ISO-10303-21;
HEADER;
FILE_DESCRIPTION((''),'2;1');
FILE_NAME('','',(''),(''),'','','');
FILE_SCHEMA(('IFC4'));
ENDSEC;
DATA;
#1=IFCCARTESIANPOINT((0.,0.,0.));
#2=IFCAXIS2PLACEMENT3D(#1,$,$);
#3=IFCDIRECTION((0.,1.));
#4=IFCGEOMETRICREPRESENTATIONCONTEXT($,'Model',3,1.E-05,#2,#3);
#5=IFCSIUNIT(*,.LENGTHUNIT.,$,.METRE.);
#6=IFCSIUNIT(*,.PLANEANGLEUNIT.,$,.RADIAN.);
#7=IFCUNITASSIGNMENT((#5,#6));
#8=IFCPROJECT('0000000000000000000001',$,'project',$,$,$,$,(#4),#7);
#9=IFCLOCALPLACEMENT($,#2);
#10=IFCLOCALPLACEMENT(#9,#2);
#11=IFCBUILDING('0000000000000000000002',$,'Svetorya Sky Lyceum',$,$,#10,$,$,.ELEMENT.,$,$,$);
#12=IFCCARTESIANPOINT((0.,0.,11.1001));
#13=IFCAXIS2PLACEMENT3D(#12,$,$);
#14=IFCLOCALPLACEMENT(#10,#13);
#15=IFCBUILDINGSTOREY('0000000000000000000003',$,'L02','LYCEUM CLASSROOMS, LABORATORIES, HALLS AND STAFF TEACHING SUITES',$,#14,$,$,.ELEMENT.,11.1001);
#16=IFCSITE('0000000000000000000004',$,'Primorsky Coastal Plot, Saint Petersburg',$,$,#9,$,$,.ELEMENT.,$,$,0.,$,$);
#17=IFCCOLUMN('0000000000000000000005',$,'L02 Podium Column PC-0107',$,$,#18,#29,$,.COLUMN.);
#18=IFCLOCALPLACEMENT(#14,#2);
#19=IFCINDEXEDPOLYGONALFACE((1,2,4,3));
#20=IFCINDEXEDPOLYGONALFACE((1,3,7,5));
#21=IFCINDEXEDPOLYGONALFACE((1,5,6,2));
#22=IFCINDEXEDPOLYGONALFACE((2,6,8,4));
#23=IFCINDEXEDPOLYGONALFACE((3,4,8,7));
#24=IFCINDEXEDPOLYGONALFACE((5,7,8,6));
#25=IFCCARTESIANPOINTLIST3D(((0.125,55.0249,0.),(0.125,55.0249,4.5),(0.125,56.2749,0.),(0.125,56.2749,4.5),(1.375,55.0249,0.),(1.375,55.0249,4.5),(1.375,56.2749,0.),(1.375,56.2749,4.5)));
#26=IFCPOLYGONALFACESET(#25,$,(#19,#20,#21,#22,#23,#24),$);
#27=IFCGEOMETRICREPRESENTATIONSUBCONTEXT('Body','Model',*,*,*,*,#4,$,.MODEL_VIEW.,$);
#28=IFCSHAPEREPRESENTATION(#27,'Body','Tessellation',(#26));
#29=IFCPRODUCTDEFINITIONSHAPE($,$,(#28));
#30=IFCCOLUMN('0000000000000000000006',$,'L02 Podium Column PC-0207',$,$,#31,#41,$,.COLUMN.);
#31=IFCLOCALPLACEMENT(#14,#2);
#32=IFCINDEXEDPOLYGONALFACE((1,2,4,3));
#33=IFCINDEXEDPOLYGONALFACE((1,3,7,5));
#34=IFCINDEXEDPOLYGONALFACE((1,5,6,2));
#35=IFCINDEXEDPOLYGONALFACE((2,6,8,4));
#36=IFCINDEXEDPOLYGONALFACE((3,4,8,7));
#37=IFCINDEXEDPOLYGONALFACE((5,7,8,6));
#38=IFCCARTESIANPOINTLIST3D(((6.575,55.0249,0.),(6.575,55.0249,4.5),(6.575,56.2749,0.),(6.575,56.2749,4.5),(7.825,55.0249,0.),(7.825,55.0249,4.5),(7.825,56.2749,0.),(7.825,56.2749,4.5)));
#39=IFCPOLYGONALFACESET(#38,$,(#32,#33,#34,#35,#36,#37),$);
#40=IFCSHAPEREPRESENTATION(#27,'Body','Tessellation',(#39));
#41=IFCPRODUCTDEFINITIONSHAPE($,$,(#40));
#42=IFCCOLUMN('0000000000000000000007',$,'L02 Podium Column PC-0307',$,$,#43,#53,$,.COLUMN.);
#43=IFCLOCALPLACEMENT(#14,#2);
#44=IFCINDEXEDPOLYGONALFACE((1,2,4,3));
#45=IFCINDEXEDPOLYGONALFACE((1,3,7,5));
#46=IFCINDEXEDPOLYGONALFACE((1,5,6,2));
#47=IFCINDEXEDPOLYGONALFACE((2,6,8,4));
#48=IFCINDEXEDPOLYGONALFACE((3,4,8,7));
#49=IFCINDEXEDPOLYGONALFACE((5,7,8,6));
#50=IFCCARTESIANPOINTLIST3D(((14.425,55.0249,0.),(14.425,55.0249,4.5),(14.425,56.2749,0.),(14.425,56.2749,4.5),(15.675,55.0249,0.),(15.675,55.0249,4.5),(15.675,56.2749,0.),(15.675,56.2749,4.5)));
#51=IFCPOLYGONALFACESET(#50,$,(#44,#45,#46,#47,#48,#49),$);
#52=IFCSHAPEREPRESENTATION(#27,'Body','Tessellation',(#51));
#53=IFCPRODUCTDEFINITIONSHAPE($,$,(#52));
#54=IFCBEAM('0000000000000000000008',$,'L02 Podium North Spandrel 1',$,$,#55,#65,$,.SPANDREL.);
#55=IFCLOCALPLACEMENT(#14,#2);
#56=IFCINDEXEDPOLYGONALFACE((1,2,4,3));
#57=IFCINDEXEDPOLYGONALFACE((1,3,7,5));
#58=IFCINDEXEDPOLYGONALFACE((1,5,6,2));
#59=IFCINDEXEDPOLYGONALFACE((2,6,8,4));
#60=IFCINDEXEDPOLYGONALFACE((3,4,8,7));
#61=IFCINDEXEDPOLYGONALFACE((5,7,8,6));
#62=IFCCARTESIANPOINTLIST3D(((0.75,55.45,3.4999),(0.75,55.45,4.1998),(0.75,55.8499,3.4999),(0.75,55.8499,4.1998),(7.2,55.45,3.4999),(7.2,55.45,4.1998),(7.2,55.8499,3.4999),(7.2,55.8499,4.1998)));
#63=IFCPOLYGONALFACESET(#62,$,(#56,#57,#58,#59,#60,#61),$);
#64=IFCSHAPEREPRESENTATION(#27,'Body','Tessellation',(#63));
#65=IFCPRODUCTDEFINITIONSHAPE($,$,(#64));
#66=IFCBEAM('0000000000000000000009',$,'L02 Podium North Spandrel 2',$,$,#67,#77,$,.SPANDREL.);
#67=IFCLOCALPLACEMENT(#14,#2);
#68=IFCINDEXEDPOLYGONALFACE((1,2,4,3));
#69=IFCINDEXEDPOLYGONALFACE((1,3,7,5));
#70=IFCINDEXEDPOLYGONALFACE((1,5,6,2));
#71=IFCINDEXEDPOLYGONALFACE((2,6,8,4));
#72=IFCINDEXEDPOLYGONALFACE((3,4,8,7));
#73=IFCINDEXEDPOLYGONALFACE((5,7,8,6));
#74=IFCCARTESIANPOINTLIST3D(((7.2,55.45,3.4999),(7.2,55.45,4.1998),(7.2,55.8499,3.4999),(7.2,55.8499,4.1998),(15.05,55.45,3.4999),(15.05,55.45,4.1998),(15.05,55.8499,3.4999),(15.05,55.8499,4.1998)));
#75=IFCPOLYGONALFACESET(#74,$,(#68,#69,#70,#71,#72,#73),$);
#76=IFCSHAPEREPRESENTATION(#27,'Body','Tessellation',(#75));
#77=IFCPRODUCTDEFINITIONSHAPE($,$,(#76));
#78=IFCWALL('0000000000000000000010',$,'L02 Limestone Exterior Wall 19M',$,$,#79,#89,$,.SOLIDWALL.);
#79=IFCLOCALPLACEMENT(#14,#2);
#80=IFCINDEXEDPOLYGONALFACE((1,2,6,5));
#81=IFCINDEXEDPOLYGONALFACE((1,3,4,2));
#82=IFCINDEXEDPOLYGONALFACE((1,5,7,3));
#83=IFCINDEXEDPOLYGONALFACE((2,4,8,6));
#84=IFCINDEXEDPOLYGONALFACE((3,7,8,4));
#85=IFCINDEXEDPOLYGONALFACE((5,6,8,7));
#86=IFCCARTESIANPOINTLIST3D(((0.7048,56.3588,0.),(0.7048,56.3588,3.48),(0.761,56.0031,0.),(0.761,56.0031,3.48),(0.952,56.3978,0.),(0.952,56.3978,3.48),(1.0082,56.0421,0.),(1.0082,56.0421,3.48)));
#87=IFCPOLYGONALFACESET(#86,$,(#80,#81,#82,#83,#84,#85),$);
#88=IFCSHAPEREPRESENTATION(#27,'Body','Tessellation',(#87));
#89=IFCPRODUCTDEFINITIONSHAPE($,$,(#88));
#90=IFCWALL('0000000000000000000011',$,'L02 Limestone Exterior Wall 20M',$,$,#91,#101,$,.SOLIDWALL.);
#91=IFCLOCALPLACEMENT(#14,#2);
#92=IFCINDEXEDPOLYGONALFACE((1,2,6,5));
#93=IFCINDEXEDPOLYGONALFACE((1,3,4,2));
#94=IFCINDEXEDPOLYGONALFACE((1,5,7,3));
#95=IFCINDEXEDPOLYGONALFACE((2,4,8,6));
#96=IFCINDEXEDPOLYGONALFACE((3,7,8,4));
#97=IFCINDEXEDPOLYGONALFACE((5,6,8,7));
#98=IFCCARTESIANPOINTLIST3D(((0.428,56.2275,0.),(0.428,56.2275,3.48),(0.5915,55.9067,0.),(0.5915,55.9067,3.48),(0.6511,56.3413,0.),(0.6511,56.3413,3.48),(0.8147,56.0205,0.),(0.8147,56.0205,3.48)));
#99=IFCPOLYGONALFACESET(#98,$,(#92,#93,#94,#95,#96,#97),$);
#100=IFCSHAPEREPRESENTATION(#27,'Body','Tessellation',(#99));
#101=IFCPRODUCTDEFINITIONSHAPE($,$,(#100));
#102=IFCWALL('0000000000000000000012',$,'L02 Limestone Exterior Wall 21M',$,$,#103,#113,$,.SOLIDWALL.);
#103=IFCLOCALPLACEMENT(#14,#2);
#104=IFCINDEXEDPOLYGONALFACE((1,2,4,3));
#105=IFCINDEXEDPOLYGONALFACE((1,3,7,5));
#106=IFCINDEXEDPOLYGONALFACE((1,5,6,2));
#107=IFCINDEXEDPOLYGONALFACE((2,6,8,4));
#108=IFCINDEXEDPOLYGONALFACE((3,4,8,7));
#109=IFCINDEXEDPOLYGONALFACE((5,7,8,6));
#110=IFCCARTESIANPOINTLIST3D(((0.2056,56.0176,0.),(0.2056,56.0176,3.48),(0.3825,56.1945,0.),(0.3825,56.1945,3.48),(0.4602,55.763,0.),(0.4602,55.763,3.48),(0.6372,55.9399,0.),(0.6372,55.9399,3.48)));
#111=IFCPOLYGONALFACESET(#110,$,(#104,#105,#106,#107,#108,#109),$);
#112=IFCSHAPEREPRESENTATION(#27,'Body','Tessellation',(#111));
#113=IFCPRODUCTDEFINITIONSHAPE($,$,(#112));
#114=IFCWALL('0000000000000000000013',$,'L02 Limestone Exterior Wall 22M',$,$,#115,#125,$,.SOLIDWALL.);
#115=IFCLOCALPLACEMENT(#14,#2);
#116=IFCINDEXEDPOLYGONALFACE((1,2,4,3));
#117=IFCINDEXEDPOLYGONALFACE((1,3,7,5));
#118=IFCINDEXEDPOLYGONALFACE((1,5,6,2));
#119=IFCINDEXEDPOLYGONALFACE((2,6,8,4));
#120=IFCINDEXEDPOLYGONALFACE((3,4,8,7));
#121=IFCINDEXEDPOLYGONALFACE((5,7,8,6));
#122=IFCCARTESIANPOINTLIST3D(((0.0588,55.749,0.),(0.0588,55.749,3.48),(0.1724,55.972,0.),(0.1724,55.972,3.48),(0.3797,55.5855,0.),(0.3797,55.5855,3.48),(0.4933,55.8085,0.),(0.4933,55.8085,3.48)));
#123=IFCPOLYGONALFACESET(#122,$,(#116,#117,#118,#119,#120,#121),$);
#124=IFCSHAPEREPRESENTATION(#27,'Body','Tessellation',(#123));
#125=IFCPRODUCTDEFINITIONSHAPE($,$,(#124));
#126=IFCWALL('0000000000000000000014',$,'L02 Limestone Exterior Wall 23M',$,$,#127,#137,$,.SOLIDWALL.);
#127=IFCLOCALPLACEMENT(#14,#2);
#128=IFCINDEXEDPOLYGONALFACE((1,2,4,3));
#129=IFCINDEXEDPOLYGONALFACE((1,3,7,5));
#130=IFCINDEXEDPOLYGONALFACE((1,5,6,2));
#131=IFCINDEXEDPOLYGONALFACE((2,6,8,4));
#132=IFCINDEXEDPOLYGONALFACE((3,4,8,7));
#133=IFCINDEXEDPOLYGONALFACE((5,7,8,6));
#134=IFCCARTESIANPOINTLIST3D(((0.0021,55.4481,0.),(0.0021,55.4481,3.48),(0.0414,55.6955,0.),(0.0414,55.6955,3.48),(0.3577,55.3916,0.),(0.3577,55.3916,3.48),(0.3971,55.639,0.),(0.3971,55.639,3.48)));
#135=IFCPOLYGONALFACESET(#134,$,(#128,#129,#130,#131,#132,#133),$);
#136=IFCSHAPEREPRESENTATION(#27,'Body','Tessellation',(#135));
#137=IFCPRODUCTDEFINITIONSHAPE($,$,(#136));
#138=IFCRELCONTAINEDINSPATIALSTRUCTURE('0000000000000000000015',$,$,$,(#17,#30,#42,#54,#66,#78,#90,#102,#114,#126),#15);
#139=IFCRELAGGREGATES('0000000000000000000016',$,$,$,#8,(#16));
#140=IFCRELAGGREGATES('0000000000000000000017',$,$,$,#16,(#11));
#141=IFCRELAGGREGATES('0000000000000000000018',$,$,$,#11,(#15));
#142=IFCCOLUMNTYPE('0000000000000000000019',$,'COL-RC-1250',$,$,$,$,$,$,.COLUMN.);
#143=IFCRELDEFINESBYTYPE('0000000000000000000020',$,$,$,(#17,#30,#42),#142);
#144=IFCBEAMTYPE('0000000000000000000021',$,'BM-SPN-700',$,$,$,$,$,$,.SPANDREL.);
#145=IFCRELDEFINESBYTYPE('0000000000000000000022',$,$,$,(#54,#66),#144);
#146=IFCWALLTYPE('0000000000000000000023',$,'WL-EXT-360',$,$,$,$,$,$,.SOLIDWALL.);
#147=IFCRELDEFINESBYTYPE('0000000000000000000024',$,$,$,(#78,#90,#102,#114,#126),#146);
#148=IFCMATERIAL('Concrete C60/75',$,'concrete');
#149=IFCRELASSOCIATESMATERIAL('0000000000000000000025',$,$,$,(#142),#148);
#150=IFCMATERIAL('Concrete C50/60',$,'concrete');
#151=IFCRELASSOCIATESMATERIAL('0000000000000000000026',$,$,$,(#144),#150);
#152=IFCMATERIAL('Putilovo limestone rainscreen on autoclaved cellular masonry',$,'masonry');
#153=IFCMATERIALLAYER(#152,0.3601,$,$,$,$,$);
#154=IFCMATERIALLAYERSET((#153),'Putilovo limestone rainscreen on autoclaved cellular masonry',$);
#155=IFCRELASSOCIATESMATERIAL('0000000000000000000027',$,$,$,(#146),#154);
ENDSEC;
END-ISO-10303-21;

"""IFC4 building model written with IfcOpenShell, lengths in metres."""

from ifc_helpers import new_model, si_unit, direction, frame, frame_2d, origin, origin_2d, place, context, subcontext, project, spatial, rectangle, extrude, material, layer, layer_set, material_profile, profile_set, type_object, element, save


model = new_model("IFC4")

# Units and contexts
model_context = context("Model", 3, precision=1e-05, world=origin(), true_north=direction((0.0, 1.0)))
body_context = subcontext(model_context, "Body", "Model", "MODEL_VIEW")
ifc_project = project(units=[si_unit("LENGTHUNIT", "METRE"), si_unit("PLANEANGLEUNIT", "RADIAN")], contexts=[model_context])

# Site, building, storey
site_placement = place(None, origin())
site = spatial("IfcSite", under=ifc_project, at=site_placement, Name="Primorsky Coastal Plot, Saint Petersburg", CompositionType="ELEMENT", RefElevation=0.0)
building_placement = place(site_placement, origin())
building = spatial("IfcBuilding", under=site, at=building_placement, Name="Svetorya Sky Lyceum", CompositionType="ELEMENT")
storey_placement = place(building_placement, frame((0.0, 0.0, 11.1001)))
storey = spatial("IfcBuildingStorey", under=building, at=storey_placement, Name="L02", Description="LYCEUM CLASSROOMS, LABORATORIES, HALLS AND STAFF TEACHING SUITES", CompositionType="ELEMENT", Elevation=11.1001)

# Columns
ifc_material_1 = material(Name="Concrete C60/75", Category="concrete")
ifc_material_profile_1 = material_profile(ifc_material_1, rectangle(XDim=1.25, YDim=1.25, at=origin_2d()), Name="RC COL 1250x1250")
ifc_profile_set_1 = profile_set([ifc_material_profile_1], Name="Concrete C60/75")
column_type = type_object("IfcColumnType", Name="COL-RC-1250", PredefinedType="COLUMN", material=ifc_profile_set_1)
for number, where, z_axis, x_axis, name in (
    (1, (0.75, 55.6499, 0.0), (0.0, 0.0, 1.0), (1.0, 0.0, 0.0), "L02 Podium Column PC-0107"),
    (2, (7.2, 55.6499, 0.0), (0.0, 0.0, 1.0), (1.0, 0.0, 0.0), "L02 Podium Column PC-0207"),
    (3, (15.05, 55.6499, 0.0), (0.0, 0.0, 1.0), (1.0, 0.0, 0.0), "L02 Podium Column PC-0307"),
):
    element("IfcColumn", number, at=place(storey_placement, frame(where, z_axis=z_axis, x_axis=x_axis)), inside=storey, type_object=column_type, Name=name, PredefinedType="COLUMN", context=body_context, shape_type="SweptSolid", body=[
        extrude(rectangle(XDim=1.25, YDim=1.25, at=origin_2d()), origin(), (0.0, 0.0, 1.0), 4.5),
    ])

# Beams
ifc_material_2 = material(Name="Concrete C50/60", Category="concrete")
ifc_material_profile_2 = material_profile(ifc_material_2, rectangle(XDim=0.3999, YDim=0.7, at=origin_2d()), Name="RC SPANDREL 400x700")
ifc_profile_set_2 = profile_set([ifc_material_profile_2], Name="Concrete C50/60")
beam_type = type_object("IfcBeamType", Name="BM-SPN-700", PredefinedType="SPANDREL", material=ifc_profile_set_2)
beam_1_placement = place(storey_placement, frame((0.75, 55.6499, 3.8499), z_axis=(1.0, 0.0, 0.0), x_axis=(0.0, 1.0, 0.0)))
element("IfcBeam", 4, at=beam_1_placement, inside=storey, type_object=beam_type, Name="L02 Podium North Spandrel 1", PredefinedType="SPANDREL", context=body_context, shape_type="SweptSolid", body=[
    extrude(rectangle(XDim=0.3999, YDim=0.7, at=origin_2d()), origin(), (0.0, 0.0, 1.0), 6.45),
])
beam_2_placement = place(storey_placement, frame((7.2, 55.6499, 3.8499), z_axis=(1.0, 0.0, 0.0), x_axis=(0.0, 1.0, 0.0)))
element("IfcBeam", 5, at=beam_2_placement, inside=storey, type_object=beam_type, Name="L02 Podium North Spandrel 2", PredefinedType="SPANDREL", context=body_context, shape_type="SweptSolid", body=[
    extrude(rectangle(XDim=0.3999, YDim=0.7, at=origin_2d()), origin(), (0.0, 0.0, 1.0), 7.8501),
])

# Walls
ifc_material_3 = material(Name="Putilovo limestone rainscreen on autoclaved cellular masonry", Category="masonry")
ifc_layer = layer(ifc_material_3, 0.3601)
ifc_layer_set = layer_set([ifc_layer], Name="Putilovo limestone rainscreen on autoclaved cellular masonry")
wall_type = type_object("IfcWallType", Name="WL-EXT-360", PredefinedType="SOLIDWALL", material=ifc_layer_set)
wall_1_placement = place(storey_placement, frame((0.98, 56.22, 0.0), z_axis=(0.0, 0.0, 1.0), x_axis=(-0.987731, -0.156163, 0.0)))
element("IfcWall", 6, at=wall_1_placement, inside=storey, type_object=wall_type, Name="L02 Limestone Exterior Wall 19M", PredefinedType="SOLIDWALL", context=body_context, shape_type="SweptSolid", body=[
    extrude(rectangle(XDim=0.2502, YDim=0.3601, at=frame_2d((0.125, 0.0))), origin(), (0.0, 0.0, 1.0), 3.48),
])
wall_2_placement = place(storey_placement, frame((0.7329, 56.1809, 0.0), z_axis=(0.0, 0.0, 1.0), x_axis=(-0.890891, -0.454218, 0.0)))
element("IfcWall", 7, at=wall_2_placement, inside=storey, type_object=wall_type, Name="L02 Limestone Exterior Wall 20M", PredefinedType="SOLIDWALL", context=body_context, shape_type="SweptSolid", body=[
    extrude(rectangle(XDim=0.2505, YDim=0.3601, at=frame_2d((0.1252, 0.0))), origin(), (0.0, 0.0, 1.0), 3.48),
])
for number, where, z_axis, x_axis, name in (
    (8, (0.5098, 56.0671, 0.0), (0.0, 0.0, 1.0), (-0.707107, -0.707107, 0.0), "L02 Limestone Exterior Wall 21M"),
    (9, (0.3328, 55.8901, 0.0), (0.0, 0.0, 1.0), (-0.453838, -0.891084, 0.0), "L02 Limestone Exterior Wall 22M"),
):
    element("IfcWall", number, at=place(storey_placement, frame(where, z_axis=z_axis, x_axis=x_axis)), inside=storey, type_object=wall_type, Name=name, PredefinedType="SOLIDWALL", context=body_context, shape_type="SweptSolid", body=[
        extrude(rectangle(XDim=0.2502, YDim=0.3601, at=frame_2d((0.125, 0.0))), origin(), (0.0, 0.0, 1.0), 3.48),
    ])
wall_3_placement = place(storey_placement, frame((0.2192, 55.6672, 0.0), z_axis=(0.0, 0.0, 1.0), x_axis=(-0.156964, -0.987604, 0.0)))
element("IfcWall", 10, at=wall_3_placement, inside=storey, type_object=wall_type, Name="L02 Limestone Exterior Wall 23M", PredefinedType="SOLIDWALL", context=body_context, shape_type="SweptSolid", body=[
    extrude(rectangle(XDim=0.2505, YDim=0.3601, at=frame_2d((0.1252, 0.0))), origin(), (0.0, 0.0, 1.0), 3.48),
])

save(model, "model.ifc")
